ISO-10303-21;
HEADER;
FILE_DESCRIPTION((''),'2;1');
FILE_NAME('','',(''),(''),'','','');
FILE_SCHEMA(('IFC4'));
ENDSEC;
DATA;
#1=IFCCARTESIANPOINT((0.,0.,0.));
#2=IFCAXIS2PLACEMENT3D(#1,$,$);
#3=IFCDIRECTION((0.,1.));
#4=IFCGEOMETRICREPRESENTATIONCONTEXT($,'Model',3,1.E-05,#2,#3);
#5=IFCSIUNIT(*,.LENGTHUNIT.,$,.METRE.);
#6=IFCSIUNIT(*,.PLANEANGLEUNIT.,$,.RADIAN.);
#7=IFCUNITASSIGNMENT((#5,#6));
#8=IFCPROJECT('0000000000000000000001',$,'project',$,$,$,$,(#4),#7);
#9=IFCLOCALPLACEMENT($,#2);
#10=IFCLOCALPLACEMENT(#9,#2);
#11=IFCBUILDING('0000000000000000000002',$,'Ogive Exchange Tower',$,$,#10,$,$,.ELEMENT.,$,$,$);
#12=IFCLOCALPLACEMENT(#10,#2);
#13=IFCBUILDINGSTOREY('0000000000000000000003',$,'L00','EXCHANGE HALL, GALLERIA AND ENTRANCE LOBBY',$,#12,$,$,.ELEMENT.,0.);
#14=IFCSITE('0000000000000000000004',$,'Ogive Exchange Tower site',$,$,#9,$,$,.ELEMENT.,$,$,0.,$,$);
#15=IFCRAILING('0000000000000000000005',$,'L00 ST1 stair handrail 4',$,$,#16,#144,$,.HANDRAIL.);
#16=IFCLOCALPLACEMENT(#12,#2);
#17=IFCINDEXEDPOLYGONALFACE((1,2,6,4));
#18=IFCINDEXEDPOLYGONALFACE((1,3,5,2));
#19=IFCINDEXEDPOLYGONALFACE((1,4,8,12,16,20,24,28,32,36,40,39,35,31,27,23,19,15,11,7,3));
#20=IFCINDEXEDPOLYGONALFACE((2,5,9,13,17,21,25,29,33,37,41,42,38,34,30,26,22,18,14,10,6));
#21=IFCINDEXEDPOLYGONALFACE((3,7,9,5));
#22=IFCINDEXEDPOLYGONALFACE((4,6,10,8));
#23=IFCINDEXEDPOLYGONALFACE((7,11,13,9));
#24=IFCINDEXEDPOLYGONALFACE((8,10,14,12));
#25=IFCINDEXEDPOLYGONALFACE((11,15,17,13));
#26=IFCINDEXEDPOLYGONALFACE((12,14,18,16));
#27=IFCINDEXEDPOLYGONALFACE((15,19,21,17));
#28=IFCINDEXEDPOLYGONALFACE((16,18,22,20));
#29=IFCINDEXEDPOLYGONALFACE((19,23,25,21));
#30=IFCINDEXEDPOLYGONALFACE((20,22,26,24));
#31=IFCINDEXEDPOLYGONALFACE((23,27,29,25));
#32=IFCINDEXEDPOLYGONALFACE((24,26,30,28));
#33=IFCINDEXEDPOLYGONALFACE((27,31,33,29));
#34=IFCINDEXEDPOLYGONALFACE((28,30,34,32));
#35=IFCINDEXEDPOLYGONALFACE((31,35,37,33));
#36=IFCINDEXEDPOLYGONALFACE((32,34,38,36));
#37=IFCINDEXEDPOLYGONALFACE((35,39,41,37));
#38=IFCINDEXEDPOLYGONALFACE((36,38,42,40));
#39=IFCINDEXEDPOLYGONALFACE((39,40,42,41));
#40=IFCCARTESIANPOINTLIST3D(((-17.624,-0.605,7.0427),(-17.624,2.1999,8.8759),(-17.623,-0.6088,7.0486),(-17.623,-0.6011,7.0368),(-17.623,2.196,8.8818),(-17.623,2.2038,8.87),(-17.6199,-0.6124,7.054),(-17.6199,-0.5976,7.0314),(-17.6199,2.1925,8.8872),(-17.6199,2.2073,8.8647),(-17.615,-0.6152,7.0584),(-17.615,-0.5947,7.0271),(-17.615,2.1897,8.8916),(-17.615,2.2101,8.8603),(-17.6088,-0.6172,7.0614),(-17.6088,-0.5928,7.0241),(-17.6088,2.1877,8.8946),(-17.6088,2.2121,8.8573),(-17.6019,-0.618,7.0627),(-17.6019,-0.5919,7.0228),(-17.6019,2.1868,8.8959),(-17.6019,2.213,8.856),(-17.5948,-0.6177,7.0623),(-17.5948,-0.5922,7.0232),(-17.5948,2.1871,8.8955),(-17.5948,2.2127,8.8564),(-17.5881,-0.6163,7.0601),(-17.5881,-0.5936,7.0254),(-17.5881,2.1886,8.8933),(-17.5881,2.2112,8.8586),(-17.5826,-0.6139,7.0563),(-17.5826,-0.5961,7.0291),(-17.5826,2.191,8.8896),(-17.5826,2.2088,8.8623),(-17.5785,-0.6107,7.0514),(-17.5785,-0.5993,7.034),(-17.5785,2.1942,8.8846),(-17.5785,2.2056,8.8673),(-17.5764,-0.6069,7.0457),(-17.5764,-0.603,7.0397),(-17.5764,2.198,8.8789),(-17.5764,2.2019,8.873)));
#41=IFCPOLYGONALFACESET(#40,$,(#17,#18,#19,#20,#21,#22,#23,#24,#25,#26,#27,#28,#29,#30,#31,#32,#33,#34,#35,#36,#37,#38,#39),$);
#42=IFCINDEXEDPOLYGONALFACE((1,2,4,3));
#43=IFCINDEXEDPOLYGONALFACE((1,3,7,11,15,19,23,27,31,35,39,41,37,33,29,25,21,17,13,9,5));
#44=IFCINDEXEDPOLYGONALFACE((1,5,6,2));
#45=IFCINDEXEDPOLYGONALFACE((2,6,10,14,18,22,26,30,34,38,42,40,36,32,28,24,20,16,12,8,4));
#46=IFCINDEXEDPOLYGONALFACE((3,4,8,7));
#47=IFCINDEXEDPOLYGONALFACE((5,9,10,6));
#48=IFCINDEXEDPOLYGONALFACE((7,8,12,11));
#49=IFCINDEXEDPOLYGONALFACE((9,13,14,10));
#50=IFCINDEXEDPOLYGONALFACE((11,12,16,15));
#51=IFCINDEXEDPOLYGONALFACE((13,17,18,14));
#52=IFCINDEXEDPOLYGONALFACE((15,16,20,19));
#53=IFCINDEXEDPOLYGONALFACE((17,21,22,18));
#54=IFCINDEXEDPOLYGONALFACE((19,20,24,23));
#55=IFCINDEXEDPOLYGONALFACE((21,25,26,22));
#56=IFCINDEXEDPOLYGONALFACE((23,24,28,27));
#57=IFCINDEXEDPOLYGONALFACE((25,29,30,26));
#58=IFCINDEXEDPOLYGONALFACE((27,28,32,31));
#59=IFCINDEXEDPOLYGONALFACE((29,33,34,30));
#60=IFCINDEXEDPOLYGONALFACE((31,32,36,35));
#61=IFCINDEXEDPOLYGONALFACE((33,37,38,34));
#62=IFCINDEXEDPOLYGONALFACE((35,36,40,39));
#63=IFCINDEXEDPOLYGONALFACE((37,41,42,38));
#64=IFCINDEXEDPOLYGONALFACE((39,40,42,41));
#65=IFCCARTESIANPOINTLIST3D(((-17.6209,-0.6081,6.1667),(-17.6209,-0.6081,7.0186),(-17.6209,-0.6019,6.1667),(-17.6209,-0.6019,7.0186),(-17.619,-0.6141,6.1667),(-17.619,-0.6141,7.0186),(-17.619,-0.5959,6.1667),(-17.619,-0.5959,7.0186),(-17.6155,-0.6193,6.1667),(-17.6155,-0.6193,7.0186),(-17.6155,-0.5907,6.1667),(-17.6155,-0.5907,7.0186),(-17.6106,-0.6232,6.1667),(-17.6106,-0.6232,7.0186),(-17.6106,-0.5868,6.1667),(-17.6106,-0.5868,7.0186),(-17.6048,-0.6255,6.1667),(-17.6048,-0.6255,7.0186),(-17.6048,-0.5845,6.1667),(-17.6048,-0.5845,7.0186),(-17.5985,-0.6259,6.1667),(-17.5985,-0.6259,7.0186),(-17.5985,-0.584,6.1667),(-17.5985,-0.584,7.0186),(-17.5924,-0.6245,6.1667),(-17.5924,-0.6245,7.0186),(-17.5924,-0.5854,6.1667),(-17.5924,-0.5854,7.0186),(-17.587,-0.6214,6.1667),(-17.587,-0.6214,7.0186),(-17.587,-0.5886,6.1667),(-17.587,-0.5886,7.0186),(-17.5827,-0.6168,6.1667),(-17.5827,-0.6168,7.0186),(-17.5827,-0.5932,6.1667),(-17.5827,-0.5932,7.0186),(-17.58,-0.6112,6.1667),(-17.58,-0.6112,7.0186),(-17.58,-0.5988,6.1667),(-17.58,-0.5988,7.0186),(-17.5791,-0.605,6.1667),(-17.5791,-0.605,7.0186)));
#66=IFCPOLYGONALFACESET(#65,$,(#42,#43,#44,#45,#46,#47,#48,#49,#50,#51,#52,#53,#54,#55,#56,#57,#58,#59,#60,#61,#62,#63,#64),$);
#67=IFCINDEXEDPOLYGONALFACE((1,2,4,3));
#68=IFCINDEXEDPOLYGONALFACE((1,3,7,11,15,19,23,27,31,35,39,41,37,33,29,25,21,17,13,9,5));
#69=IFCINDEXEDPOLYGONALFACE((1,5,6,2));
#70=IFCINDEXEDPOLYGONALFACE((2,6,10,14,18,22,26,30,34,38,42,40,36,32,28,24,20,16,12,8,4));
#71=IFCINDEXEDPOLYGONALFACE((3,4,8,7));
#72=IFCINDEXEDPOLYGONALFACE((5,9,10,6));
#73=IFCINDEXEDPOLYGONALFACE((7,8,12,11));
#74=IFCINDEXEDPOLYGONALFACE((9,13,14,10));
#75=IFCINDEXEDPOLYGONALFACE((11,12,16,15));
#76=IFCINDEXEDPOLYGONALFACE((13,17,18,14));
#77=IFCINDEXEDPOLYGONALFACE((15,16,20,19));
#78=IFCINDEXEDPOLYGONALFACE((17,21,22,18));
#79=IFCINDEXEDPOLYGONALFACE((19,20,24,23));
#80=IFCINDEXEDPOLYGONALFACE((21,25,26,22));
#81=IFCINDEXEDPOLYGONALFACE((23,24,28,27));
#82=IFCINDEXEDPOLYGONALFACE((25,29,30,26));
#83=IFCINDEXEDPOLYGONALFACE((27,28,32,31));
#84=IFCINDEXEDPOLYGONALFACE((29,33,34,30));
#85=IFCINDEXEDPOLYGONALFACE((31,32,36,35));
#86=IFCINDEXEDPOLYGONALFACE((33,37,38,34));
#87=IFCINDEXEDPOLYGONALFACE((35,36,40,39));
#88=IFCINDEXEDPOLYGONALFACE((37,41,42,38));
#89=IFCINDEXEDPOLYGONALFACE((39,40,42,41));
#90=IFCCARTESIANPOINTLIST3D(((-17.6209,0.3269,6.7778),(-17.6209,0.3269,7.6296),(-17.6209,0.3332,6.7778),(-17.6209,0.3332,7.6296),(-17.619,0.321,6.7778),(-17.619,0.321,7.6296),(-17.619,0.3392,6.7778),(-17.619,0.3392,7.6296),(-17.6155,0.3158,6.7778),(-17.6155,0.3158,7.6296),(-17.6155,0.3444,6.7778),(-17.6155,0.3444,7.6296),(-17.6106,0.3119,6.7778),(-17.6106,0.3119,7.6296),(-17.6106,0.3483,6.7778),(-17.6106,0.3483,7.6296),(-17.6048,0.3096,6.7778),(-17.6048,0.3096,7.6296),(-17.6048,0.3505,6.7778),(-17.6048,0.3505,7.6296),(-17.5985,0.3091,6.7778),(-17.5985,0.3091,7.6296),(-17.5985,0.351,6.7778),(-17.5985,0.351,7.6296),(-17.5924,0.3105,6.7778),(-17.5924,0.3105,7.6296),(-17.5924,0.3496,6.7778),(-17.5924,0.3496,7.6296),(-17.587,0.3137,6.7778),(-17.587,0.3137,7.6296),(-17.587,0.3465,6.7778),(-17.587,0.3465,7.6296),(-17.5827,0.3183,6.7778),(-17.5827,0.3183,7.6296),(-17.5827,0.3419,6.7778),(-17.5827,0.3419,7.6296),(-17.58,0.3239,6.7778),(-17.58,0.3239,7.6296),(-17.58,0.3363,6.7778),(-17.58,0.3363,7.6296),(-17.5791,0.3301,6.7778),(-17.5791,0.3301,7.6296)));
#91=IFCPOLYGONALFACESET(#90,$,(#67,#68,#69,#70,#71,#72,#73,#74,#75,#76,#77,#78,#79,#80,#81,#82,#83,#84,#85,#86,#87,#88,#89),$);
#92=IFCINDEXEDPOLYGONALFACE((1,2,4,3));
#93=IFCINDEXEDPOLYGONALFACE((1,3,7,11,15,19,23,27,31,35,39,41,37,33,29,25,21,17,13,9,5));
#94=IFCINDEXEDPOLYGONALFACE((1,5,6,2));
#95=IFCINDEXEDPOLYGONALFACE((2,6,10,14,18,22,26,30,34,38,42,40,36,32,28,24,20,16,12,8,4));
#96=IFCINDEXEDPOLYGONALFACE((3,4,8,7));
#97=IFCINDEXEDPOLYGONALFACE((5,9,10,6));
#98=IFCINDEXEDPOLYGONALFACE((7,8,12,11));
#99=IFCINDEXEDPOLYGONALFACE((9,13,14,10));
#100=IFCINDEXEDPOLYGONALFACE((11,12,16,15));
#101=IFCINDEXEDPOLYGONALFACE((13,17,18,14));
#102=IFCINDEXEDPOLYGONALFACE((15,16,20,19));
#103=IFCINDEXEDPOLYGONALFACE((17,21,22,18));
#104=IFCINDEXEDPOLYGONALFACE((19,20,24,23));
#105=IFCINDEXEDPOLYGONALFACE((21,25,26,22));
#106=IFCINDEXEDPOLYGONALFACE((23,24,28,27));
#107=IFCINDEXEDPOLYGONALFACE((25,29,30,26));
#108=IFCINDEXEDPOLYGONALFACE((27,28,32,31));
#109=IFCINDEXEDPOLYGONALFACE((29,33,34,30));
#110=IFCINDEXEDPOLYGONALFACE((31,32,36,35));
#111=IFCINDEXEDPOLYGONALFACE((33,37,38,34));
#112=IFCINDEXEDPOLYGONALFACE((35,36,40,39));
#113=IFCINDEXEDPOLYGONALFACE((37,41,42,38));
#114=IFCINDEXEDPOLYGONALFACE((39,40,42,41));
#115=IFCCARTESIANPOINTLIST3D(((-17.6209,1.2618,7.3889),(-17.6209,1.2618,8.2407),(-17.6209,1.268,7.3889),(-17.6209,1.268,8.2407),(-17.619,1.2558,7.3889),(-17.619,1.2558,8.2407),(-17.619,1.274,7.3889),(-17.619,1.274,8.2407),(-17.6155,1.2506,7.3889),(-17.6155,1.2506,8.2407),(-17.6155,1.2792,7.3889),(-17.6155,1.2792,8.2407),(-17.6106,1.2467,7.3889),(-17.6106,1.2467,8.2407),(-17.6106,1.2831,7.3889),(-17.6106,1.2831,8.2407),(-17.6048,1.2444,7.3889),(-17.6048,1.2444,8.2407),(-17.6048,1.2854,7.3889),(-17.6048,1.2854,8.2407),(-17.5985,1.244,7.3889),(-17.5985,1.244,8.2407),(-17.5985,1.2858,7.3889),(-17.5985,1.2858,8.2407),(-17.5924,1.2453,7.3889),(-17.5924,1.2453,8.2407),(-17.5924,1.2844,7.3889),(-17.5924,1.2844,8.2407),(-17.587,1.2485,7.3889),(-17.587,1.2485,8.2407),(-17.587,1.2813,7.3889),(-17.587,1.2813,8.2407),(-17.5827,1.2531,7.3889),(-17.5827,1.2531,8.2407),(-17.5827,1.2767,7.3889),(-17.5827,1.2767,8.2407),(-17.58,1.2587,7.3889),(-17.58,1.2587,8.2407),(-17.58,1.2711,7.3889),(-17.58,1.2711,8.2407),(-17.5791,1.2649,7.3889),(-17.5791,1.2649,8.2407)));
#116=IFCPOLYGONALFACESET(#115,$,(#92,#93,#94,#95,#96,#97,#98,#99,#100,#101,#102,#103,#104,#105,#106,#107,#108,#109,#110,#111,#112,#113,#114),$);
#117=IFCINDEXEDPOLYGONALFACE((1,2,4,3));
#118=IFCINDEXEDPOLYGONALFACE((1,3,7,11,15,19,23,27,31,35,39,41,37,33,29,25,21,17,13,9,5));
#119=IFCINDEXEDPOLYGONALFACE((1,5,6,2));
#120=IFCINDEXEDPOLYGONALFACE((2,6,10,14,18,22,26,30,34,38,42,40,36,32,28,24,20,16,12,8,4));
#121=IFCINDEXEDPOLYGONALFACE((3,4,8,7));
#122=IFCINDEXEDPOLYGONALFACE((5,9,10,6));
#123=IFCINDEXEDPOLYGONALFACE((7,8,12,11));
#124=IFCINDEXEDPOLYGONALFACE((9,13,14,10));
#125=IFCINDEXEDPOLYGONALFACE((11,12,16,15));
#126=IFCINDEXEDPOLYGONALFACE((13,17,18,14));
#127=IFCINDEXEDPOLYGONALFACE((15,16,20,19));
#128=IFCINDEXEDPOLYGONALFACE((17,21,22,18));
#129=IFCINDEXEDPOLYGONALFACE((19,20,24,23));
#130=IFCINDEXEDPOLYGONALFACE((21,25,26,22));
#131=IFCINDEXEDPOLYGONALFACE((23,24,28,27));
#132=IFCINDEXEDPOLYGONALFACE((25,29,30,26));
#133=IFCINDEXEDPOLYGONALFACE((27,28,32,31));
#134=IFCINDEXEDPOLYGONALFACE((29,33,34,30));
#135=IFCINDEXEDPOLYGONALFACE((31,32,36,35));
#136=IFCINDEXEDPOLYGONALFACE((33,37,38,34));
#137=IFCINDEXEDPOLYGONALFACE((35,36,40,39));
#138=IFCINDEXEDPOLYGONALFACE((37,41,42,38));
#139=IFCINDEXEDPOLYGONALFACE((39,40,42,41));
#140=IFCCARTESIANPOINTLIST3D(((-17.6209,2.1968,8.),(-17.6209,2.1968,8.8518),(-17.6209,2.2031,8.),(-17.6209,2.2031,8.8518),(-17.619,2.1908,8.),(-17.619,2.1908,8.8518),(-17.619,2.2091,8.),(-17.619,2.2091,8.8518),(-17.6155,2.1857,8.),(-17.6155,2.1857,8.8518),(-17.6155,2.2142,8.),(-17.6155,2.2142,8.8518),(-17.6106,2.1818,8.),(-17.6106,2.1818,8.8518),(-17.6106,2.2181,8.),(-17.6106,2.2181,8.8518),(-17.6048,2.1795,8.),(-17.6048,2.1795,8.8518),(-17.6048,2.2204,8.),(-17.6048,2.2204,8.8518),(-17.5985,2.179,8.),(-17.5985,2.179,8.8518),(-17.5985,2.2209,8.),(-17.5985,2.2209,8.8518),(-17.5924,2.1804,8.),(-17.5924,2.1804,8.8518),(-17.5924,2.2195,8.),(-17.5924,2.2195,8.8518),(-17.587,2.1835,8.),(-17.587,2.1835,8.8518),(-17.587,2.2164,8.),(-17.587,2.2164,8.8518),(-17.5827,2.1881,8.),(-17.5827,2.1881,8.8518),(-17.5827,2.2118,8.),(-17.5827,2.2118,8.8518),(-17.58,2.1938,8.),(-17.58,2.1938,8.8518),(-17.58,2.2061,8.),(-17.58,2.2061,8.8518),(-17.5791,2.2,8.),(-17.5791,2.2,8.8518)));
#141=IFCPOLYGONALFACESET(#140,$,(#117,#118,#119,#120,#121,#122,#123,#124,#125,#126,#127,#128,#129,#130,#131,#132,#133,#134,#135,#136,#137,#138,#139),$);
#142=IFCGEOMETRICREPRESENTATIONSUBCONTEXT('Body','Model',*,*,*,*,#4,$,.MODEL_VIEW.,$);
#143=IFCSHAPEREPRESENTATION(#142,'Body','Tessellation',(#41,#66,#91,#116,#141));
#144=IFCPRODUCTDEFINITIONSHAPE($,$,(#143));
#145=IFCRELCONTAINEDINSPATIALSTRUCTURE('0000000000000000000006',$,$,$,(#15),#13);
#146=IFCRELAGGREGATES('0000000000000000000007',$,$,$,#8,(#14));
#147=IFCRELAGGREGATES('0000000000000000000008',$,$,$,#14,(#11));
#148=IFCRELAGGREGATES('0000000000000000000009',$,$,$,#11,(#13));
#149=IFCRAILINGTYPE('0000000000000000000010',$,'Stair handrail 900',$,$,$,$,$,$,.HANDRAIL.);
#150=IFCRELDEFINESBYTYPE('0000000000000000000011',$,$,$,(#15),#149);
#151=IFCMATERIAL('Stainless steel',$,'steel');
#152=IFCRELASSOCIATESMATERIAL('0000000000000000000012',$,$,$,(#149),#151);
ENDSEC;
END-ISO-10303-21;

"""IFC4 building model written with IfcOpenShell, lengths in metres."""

from ifc_helpers import new_model, si_unit, direction, frame, origin, origin_2d, place, context, subcontext, project, spatial, circle, extrude, material, type_object, element, save


model = new_model("IFC4")

# Units and contexts
model_context = context("Model", 3, precision=1e-05, world=origin(), true_north=direction((0.0, 1.0)))
body_context = subcontext(model_context, "Body", "Model", "MODEL_VIEW")
ifc_project = project(units=[si_unit("LENGTHUNIT", "METRE"), si_unit("PLANEANGLEUNIT", "RADIAN")], contexts=[model_context])

# Site, building, storey
site_placement = place(None, origin())
site = spatial("IfcSite", under=ifc_project, at=site_placement, Name="Ogive Exchange Tower site", CompositionType="ELEMENT", RefElevation=0.0)
building_placement = place(site_placement, origin())
building = spatial("IfcBuilding", under=site, at=building_placement, Name="Ogive Exchange Tower", CompositionType="ELEMENT")
storey_placement = place(building_placement, origin())
storey = spatial("IfcBuildingStorey", under=building, at=storey_placement, Name="L00", Description="EXCHANGE HALL, GALLERIA AND ENTRANCE LOBBY", CompositionType="ELEMENT", Elevation=0.0)

# Shared definitions
ifc_material_1 = material(Name="Stainless steel", Category="steel")

# Railing
railing_type = type_object("IfcRailingType", Name="Stair handrail 900", PredefinedType="HANDRAIL", material=ifc_material_1)
for number, where, name in (
    (1, (-17.6001, -0.605, 6.1667), "L00 ST1 stair handrail 4"),
):
    element("IfcRailing", number, at=place(storey_placement, frame(where)), inside=storey, type_object=railing_type, Name=name, PredefinedType="HANDRAIL", context=body_context, shape_type="SweptSolid", body=[
        extrude(circle(Radius=0.0239, at=origin_2d()), frame((0.0, 0.0, 0.876), z_axis=(0.0, 0.837071, 0.547094), x_axis=(-1.0, 0.0, 0.0)), (0.0, 0.0, 1.0), 3.3508),
        extrude(circle(Radius=0.021, at=origin_2d()), origin(), (0.0, 0.0, 1.0), 0.8518),
        extrude(circle(Radius=0.021, at=origin_2d()), frame((0.0, 0.9351, 0.6111)), (0.0, 0.0, 1.0), 0.8518),
        extrude(circle(Radius=0.021, at=origin_2d()), frame((0.0, 1.8699, 1.2222)), (0.0, 0.0, 1.0), 0.8518),
        extrude(circle(Radius=0.021, at=origin_2d()), frame((0.0, 2.8049, 1.8333)), (0.0, 0.0, 1.0), 0.8518),
    ])

save(model, "model.ifc")
